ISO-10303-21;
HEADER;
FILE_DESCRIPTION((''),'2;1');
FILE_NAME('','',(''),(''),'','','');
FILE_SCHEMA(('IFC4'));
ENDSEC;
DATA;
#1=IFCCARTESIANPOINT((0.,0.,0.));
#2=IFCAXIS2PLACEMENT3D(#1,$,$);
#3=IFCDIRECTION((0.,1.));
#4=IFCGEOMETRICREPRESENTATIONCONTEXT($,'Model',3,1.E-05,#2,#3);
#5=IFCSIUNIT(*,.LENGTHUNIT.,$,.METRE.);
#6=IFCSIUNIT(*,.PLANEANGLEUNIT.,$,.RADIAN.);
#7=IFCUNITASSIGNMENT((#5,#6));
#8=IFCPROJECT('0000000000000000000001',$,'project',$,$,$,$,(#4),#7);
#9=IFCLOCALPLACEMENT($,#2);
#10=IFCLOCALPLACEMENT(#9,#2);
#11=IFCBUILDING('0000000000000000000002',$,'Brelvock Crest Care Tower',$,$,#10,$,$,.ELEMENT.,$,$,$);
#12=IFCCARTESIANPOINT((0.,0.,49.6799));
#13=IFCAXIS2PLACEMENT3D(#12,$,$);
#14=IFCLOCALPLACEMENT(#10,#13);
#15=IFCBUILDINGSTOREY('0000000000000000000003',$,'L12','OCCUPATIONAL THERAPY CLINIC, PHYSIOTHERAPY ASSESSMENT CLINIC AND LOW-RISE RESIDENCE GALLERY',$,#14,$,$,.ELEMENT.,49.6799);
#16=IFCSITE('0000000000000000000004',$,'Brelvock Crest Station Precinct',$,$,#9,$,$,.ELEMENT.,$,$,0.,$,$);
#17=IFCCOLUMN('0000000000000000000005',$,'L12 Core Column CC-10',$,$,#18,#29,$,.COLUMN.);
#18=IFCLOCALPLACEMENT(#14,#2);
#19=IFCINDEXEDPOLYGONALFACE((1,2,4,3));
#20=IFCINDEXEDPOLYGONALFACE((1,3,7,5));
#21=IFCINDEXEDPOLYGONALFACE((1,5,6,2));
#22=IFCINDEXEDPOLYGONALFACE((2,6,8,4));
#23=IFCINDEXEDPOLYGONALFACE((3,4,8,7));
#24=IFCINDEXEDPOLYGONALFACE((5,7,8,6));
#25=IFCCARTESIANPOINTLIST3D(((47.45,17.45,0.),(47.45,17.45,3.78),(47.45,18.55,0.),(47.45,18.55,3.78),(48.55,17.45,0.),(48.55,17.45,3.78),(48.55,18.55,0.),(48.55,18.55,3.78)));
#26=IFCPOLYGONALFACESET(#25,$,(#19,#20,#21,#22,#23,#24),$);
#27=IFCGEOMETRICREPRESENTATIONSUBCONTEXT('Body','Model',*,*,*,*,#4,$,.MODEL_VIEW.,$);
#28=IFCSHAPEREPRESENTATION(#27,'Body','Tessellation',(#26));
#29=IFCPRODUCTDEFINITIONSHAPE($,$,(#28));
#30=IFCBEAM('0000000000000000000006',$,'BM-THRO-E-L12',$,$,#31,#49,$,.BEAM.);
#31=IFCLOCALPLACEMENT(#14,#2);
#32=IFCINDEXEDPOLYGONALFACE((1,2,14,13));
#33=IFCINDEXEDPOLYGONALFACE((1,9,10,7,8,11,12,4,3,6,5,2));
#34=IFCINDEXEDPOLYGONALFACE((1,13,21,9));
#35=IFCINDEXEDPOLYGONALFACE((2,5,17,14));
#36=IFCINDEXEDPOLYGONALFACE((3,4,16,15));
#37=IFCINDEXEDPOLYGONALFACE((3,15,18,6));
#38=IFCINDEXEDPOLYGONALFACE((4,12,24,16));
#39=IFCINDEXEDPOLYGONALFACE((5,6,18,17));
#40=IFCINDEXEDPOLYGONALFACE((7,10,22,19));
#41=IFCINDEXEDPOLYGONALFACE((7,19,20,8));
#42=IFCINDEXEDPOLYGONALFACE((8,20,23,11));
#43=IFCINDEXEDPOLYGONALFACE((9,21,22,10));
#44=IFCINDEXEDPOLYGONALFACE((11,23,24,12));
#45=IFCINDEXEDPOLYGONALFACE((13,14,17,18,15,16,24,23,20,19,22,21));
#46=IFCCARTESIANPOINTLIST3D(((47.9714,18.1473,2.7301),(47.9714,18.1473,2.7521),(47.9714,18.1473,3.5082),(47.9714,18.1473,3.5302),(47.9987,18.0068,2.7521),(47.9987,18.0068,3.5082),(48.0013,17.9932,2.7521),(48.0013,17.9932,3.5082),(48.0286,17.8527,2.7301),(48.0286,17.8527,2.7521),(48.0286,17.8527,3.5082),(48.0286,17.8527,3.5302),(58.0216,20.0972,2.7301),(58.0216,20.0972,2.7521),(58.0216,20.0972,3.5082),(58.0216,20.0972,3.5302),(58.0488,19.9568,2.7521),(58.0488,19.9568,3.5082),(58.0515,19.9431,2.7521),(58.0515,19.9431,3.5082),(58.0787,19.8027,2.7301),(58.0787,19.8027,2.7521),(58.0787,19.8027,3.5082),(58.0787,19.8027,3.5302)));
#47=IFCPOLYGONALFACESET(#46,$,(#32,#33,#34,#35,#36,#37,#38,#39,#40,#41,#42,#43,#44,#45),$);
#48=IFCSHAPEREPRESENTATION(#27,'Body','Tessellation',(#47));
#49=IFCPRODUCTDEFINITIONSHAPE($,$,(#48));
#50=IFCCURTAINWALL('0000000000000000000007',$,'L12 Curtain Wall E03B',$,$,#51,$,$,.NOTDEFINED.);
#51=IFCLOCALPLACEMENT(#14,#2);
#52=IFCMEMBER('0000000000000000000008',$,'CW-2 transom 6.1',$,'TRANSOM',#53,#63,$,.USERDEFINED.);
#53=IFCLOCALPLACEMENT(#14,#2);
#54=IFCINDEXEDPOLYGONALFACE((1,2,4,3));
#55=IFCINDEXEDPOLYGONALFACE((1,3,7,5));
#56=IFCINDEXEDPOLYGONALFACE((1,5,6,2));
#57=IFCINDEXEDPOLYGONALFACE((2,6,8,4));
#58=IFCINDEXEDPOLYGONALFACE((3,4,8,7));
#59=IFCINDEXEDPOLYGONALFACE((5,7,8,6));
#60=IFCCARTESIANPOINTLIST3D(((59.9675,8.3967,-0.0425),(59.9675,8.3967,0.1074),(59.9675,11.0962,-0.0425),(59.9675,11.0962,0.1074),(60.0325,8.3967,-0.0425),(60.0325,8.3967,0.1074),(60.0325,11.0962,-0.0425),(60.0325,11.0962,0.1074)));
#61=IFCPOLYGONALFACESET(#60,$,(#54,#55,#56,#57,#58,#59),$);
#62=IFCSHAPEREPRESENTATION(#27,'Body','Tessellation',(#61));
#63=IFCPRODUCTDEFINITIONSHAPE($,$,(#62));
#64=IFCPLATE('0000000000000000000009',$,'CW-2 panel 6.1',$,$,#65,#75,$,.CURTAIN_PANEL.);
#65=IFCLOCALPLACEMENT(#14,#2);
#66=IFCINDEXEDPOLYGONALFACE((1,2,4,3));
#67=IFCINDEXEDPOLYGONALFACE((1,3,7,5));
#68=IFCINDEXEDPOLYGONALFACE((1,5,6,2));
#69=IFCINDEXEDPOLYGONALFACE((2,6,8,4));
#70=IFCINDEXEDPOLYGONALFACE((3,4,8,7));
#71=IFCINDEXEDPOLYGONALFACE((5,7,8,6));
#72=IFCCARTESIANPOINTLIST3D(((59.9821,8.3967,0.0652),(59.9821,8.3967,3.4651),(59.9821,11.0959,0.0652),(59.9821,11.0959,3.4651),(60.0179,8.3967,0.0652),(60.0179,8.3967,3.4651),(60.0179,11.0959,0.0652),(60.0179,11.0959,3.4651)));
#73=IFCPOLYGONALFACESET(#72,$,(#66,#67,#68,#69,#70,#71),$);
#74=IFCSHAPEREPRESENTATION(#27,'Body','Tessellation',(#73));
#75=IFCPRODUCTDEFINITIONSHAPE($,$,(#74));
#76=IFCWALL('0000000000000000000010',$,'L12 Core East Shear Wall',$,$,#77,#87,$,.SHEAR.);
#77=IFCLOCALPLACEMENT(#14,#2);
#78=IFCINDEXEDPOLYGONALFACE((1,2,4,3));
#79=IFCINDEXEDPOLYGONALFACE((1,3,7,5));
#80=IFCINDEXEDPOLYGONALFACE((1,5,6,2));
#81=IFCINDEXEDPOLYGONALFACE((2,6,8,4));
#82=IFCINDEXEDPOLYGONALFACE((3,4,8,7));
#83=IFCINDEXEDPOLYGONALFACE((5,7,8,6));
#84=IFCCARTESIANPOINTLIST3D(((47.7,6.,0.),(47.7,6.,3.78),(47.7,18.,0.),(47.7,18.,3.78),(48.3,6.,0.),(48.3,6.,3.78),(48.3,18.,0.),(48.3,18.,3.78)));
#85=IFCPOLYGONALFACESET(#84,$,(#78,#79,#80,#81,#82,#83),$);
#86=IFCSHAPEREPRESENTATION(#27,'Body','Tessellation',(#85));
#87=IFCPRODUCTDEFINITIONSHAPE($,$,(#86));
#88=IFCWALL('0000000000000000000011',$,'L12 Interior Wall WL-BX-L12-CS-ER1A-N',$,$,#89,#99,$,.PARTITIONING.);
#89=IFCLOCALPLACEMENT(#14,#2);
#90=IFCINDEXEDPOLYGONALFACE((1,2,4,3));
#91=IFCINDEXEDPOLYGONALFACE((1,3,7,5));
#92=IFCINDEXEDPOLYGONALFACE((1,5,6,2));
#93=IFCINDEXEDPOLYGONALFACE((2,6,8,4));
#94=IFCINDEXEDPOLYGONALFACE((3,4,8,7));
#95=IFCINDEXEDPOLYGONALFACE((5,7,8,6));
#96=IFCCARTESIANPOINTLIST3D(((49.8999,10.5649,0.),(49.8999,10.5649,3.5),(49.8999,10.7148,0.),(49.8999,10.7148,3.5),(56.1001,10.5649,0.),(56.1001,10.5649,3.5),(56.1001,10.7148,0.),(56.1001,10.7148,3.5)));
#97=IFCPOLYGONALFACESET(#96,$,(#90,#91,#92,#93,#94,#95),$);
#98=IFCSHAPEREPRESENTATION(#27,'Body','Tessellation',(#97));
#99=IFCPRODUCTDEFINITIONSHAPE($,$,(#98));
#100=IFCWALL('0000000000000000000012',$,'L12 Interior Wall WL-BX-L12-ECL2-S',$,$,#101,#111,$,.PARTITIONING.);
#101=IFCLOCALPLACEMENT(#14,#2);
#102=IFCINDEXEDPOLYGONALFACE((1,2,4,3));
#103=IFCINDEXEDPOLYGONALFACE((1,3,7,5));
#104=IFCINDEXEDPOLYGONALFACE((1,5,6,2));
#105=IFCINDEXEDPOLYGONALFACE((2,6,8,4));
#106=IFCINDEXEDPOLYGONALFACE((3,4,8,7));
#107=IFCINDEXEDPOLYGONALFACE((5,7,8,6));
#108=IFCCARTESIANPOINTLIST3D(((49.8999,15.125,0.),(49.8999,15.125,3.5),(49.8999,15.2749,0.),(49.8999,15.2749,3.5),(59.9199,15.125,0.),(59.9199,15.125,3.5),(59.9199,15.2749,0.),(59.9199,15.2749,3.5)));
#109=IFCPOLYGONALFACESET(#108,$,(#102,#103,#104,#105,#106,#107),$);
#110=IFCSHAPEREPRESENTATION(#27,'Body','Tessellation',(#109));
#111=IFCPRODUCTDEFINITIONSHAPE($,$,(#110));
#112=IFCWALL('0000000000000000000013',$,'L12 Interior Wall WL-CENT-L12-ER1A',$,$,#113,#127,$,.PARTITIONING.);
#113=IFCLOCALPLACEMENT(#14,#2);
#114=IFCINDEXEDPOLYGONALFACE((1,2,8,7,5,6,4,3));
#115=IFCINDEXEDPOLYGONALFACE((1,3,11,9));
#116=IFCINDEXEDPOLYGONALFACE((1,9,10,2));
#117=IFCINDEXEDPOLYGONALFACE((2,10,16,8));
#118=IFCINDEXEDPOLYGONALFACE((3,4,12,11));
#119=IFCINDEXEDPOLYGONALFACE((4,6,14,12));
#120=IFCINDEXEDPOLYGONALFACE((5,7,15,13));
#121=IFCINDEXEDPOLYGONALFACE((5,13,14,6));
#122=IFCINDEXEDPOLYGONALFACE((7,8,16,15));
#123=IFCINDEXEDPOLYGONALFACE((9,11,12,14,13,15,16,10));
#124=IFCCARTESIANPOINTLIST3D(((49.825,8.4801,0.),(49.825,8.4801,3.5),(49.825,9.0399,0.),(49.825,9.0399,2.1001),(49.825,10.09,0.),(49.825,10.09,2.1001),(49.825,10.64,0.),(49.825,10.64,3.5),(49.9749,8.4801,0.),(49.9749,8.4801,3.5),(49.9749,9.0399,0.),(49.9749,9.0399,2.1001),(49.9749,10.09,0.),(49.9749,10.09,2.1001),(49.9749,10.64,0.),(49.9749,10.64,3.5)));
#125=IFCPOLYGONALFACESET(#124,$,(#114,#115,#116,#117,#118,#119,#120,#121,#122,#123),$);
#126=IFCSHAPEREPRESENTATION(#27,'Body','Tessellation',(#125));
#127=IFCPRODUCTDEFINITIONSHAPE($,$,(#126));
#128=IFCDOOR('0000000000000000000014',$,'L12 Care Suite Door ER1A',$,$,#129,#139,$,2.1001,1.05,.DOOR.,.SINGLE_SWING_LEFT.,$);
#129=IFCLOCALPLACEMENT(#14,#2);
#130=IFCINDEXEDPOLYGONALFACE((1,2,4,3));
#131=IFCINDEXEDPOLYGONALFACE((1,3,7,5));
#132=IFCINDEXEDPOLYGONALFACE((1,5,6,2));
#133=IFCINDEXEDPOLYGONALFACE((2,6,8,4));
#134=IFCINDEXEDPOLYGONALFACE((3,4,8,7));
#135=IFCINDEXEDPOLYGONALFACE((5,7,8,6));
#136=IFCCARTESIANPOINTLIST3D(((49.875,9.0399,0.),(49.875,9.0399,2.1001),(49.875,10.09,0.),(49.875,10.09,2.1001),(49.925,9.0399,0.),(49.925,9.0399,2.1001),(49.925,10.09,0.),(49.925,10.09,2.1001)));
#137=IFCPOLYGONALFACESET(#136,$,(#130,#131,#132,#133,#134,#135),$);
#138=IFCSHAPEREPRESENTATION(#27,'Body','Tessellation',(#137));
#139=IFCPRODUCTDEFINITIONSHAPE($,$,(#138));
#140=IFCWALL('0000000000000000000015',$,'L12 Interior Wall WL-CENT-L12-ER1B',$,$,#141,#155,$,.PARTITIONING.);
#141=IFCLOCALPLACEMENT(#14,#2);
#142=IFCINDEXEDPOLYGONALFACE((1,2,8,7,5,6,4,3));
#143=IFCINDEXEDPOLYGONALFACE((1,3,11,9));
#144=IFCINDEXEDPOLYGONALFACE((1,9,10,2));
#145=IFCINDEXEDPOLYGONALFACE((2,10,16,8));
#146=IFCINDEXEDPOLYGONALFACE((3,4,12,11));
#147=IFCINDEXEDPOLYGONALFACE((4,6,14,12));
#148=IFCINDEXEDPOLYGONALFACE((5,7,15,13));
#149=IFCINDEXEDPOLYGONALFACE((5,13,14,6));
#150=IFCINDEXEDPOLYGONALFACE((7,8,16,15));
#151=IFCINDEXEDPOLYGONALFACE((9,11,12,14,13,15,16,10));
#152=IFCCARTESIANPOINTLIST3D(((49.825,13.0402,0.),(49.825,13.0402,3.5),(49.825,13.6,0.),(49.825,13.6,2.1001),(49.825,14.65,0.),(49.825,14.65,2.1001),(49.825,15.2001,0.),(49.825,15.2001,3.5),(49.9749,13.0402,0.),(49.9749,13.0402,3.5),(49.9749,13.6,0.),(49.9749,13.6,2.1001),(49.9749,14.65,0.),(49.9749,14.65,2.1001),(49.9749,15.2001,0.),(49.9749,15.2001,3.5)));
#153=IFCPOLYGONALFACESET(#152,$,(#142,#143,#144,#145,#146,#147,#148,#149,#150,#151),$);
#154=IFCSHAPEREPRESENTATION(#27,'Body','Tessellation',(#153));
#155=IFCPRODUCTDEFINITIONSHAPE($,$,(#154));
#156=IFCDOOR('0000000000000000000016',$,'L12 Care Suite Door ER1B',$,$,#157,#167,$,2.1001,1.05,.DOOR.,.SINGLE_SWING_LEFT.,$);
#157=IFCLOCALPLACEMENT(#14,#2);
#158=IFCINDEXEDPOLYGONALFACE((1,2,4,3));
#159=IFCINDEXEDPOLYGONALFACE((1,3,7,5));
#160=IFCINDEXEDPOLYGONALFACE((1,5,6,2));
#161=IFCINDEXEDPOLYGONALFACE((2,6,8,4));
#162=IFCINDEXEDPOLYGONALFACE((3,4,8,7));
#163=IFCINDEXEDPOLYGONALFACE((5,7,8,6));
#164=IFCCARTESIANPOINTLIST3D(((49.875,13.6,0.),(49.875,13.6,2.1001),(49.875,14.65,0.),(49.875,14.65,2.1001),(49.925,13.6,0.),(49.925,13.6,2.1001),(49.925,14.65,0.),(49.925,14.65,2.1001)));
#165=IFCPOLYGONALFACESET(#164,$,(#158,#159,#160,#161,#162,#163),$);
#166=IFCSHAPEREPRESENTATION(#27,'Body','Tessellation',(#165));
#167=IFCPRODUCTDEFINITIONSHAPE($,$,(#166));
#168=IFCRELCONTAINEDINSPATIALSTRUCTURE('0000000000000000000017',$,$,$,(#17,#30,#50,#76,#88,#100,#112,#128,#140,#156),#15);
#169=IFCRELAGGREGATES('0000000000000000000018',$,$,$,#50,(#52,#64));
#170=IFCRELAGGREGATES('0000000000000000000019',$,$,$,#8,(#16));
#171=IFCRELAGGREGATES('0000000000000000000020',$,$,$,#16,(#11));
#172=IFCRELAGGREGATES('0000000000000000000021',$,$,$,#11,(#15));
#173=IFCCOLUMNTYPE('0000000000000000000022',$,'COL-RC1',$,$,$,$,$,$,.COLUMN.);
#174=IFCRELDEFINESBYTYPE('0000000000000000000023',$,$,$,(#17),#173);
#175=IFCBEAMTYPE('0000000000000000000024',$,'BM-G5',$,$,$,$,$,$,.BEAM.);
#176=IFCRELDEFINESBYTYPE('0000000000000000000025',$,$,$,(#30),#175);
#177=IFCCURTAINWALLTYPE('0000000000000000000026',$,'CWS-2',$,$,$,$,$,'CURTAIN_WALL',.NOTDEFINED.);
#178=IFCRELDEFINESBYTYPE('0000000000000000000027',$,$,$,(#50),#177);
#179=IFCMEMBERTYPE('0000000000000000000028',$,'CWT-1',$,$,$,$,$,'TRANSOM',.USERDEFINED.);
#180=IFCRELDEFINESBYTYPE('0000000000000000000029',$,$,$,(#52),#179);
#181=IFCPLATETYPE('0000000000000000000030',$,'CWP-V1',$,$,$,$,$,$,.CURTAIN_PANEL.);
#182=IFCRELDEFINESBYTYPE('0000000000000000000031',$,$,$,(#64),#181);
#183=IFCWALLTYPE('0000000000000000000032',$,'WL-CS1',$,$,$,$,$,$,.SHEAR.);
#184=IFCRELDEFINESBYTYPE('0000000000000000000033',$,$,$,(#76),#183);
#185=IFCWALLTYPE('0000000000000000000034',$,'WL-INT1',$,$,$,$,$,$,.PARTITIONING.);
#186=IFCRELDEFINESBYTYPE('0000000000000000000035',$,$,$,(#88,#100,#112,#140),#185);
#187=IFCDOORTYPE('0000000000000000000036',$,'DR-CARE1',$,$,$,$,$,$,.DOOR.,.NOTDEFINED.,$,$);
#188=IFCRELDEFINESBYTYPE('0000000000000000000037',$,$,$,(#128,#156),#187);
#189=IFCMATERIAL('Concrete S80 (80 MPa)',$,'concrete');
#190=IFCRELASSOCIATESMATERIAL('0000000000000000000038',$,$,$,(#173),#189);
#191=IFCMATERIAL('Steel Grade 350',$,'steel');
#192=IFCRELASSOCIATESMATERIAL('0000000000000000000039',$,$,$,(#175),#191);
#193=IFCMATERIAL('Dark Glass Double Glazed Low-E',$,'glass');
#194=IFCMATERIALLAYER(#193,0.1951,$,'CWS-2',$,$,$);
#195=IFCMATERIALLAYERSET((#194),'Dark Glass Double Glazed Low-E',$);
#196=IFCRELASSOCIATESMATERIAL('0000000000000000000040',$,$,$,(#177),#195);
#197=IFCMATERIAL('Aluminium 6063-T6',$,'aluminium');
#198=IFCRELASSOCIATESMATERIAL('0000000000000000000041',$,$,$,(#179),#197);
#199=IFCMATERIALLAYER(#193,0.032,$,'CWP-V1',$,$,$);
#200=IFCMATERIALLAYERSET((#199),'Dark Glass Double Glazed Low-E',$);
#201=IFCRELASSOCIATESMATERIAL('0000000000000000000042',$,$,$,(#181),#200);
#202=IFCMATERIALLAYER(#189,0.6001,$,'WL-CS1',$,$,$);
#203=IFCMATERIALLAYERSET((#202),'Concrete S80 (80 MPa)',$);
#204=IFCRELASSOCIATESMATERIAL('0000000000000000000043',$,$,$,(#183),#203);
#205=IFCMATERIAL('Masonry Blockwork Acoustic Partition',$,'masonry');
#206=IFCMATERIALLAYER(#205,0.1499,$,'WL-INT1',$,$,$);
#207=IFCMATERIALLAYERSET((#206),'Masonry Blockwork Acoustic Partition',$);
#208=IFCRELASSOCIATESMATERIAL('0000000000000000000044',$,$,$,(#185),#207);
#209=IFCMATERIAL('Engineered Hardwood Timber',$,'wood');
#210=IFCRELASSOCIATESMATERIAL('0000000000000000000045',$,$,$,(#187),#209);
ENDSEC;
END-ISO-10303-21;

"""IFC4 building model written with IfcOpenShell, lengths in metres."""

from ifc_helpers import new_model, si_unit, direction, frame, frame_2d, origin, origin_2d, place, context, subcontext, project, spatial, rectangle, i_section, extrude, source, transform, mapped, material, layer, layer_set, material_profile, profile_set, type_object, element, fill, aggregate, save


model = new_model("IFC4")

# Units and contexts
model_context = context("Model", 3, precision=1e-05, world=origin(), true_north=direction((0.0, 1.0)))
body_context = subcontext(model_context, "Body", "Model", "MODEL_VIEW")
ifc_project = project(units=[si_unit("LENGTHUNIT", "METRE"), si_unit("PLANEANGLEUNIT", "RADIAN")], contexts=[model_context])

# Site, building, storey
site_placement = place(None, origin())
site = spatial("IfcSite", under=ifc_project, at=site_placement, Name="Brelvock Crest Station Precinct", CompositionType="ELEMENT", RefElevation=0.0)
building_placement = place(site_placement, origin())
building = spatial("IfcBuilding", under=site, at=building_placement, Name="Brelvock Crest Care Tower", CompositionType="ELEMENT")
storey_placement = place(building_placement, frame((0.0, 0.0, 49.6799)))
storey = spatial("IfcBuildingStorey", under=building, at=storey_placement, Name="L12", Description="OCCUPATIONAL THERAPY CLINIC, PHYSIOTHERAPY ASSESSMENT CLINIC AND LOW-RISE RESIDENCE GALLERY", CompositionType="ELEMENT", Elevation=49.6799)

# Column
ifc_material_1 = material(Name="Concrete S80 (80 MPa)", Category="concrete")
ifc_material_profile_1 = material_profile(ifc_material_1, rectangle(XDim=1.1001, YDim=1.1001, at=origin_2d()), Name="RC1100x1100")
ifc_profile_set_1 = profile_set([ifc_material_profile_1], Name="Concrete S80 (80 MPa)")
column_type = type_object("IfcColumnType", Name="COL-RC1", PredefinedType="COLUMN", material=ifc_profile_set_1)
shared_shape_1 = source(origin(), body_context, "Body", "SweptSolid", [
    extrude(rectangle(XDim=1.1001, YDim=1.1001, at=origin_2d()), origin(), (0.0, 0.0, 1.0), 3.78),
])
column_placement = place(storey_placement, frame((48.0, 18.0, 0.0), z_axis=(0.0, 0.0, 1.0), x_axis=(1.0, 0.0, 0.0)))
element("IfcColumn", 1, at=column_placement, inside=storey, type_object=column_type, Name="L12 Core Column CC-10", PredefinedType="COLUMN", context=body_context, shape_type="MappedRepresentation", body=[
    mapped(shared_shape_1, transform((0.0, 0.0, 0.0), x_axis=(1.0, 0.0, 0.0), y_axis=(0.0, 1.0, 0.0), z_axis=(0.0, 0.0, 1.0), scale=1.0)),
])

# Beam
ifc_material_2 = material(Name="Steel Grade 350", Category="steel")
ifc_material_profile_2 = material_profile(ifc_material_2, i_section(OverallWidth=0.3, OverallDepth=0.8, WebThickness=0.0139, FlangeThickness=0.022, at=origin_2d()), Name="800WB192")
ifc_profile_set_2 = profile_set([ifc_material_profile_2], Name="Steel Grade 350")
beam_type = type_object("IfcBeamType", Name="BM-G5", PredefinedType="BEAM", material=ifc_profile_set_2)
shared_shape_2 = source(origin(), body_context, "Body", "SweptSolid", [
    extrude(i_section(OverallWidth=0.3, OverallDepth=0.8, WebThickness=0.0139, FlangeThickness=0.022, at=origin_2d()), origin(), (0.0, 0.0, 1.0), 10.2375),
])
beam_placement = place(storey_placement, frame((48.0, 18.0, 3.1301), z_axis=(0.981693, 0.190472, 0.0), x_axis=(-0.190472, 0.981693, 0.0)))
element("IfcBeam", 2, at=beam_placement, inside=storey, type_object=beam_type, Name="BM-THRO-E-L12", PredefinedType="BEAM", context=body_context, shape_type="MappedRepresentation", body=[
    mapped(shared_shape_2, transform((0.0, 0.0, 0.0), x_axis=(1.0, 0.0, 0.0), y_axis=(0.0, 1.0, 0.0), z_axis=(0.0, 0.0, 1.0), scale=1.0)),
])

# Curtain wall, member, plate
ifc_material_3 = material(Name="Dark Glass Double Glazed Low-E", Category="glass")
ifc_layer_1 = layer(ifc_material_3, 0.1951, Name="CWS-2")
ifc_layer_set_1 = layer_set([ifc_layer_1], Name="Dark Glass Double Glazed Low-E")
curtain_wall_type = type_object("IfcCurtainWallType", Name="CWS-2", ElementType="CURTAIN_WALL", PredefinedType="NOTDEFINED", material=ifc_layer_set_1)
curtain_wall_placement = place(storey_placement, origin())
curtain_wall = element("IfcCurtainWall", 3, at=curtain_wall_placement, inside=storey, type_object=curtain_wall_type, Name="L12 Curtain Wall E03B", PredefinedType="NOTDEFINED")
ifc_material_4 = material(Name="Aluminium 6063-T6", Category="aluminium")
ifc_material_profile_3 = material_profile(ifc_material_4, rectangle(XDim=0.0649, YDim=0.1499, at=origin_2d()), Name="ALU65x150")
ifc_profile_set_3 = profile_set([ifc_material_profile_3], Name="Aluminium 6063-T6")
member_type = type_object("IfcMemberType", Name="CWT-1", ElementType="TRANSOM", PredefinedType="USERDEFINED", material=ifc_profile_set_3)
shared_shape_3 = source(origin(), body_context, "Body", "SweptSolid", [
    extrude(rectangle(XDim=0.0649, YDim=0.1499, at=origin_2d()), origin(), (0.0, 0.0, 1.0), 2.6995),
])
member_placement = place(storey_placement, frame((60.0, 11.0962, 0.0325), z_axis=(0.0, -1.0, 0.0), x_axis=(1.0, 0.0, 0.0)))
member = element("IfcMember", 4, at=member_placement, type_object=member_type, Name="CW-2 transom 6.1", ObjectType="TRANSOM", PredefinedType="USERDEFINED", context=body_context, shape_type="MappedRepresentation", body=[
    mapped(shared_shape_3, transform((0.0, 0.0, 0.0), x_axis=(1.0, 0.0, 0.0), y_axis=(0.0, 1.0, 0.0), z_axis=(0.0, 0.0, 1.0), scale=1.0)),
])
ifc_layer_2 = layer(ifc_material_3, 0.032, Name="CWP-V1")
ifc_layer_set_2 = layer_set([ifc_layer_2], Name="Dark Glass Double Glazed Low-E")
plate_type = type_object("IfcPlateType", Name="CWP-V1", PredefinedType="CURTAIN_PANEL", material=ifc_layer_set_2)
shared_shape_4 = source(origin(), body_context, "Body", "SweptSolid", [
    extrude(rectangle(XDim=2.6992, YDim=0.0359, at=origin_2d()), origin(), (0.0, 0.0, 1.0), 3.3999),
])
plate_placement = place(storey_placement, frame((60.0, 9.7463, 0.0652), z_axis=(0.0, 0.0, 1.0), x_axis=(0.0, -1.0, 0.0)))
plate = element("IfcPlate", 5, at=plate_placement, type_object=plate_type, Name="CW-2 panel 6.1", PredefinedType="CURTAIN_PANEL", context=body_context, shape_type="MappedRepresentation", body=[
    mapped(shared_shape_4, transform((0.0, 0.0, 0.0), x_axis=(1.0, 0.0, 0.0), y_axis=(0.0, 1.0, 0.0), z_axis=(0.0, 0.0, 1.0), scale=1.0)),
])
aggregate(curtain_wall, [member, plate])

# Walls
ifc_layer_3 = layer(ifc_material_1, 0.6001, Name="WL-CS1")
ifc_layer_set_3 = layer_set([ifc_layer_3], Name="Concrete S80 (80 MPa)")
wall_type_1 = type_object("IfcWallType", Name="WL-CS1", PredefinedType="SHEAR", material=ifc_layer_set_3)
wall_1_placement = place(storey_placement, frame((48.0, 18.0, 0.0), z_axis=(0.0, 0.0, 1.0), x_axis=(0.0, -1.0, 0.0)))
element("IfcWall", 6, at=wall_1_placement, inside=storey, type_object=wall_type_1, Name="L12 Core East Shear Wall", PredefinedType="SHEAR", context=body_context, shape_type="SweptSolid", body=[
    extrude(rectangle(XDim=12.0, YDim=0.6001, at=frame_2d((6.0, 0.0))), origin(), (0.0, 0.0, 1.0), 3.78),
])
ifc_material_5 = material(Name="Masonry Blockwork Acoustic Partition", Category="masonry")
ifc_layer_4 = layer(ifc_material_5, 0.1499, Name="WL-INT1")
ifc_layer_set_4 = layer_set([ifc_layer_4], Name="Masonry Blockwork Acoustic Partition")
wall_type_2 = type_object("IfcWallType", Name="WL-INT1", PredefinedType="PARTITIONING", material=ifc_layer_set_4)
wall_2_placement = place(storey_placement, frame((49.8999, 10.6399, 0.0), z_axis=(0.0, 0.0, 1.0), x_axis=(1.0, 0.0, 0.0)))
element("IfcWall", 7, at=wall_2_placement, inside=storey, type_object=wall_type_2, Name="L12 Interior Wall WL-BX-L12-CS-ER1A-N", PredefinedType="PARTITIONING", context=body_context, shape_type="SweptSolid", body=[
    extrude(rectangle(XDim=6.2002, YDim=0.1499, at=frame_2d((3.1001, 0.0))), origin(), (0.0, 0.0, 1.0), 3.5),
])
wall_3_placement = place(storey_placement, frame((49.8999, 15.2, 0.0), z_axis=(0.0, 0.0, 1.0), x_axis=(1.0, 0.0, 0.0)))
element("IfcWall", 8, at=wall_3_placement, inside=storey, type_object=wall_type_2, Name="L12 Interior Wall WL-BX-L12-ECL2-S", PredefinedType="PARTITIONING", context=body_context, shape_type="SweptSolid", body=[
    extrude(rectangle(XDim=10.02, YDim=0.1499, at=frame_2d((5.01, 0.0))), origin(), (0.0, 0.0, 1.0), 3.5),
])

# Walls, openings, doors
wall_4_placement = place(storey_placement, frame((49.8999, 8.48, 0.0), z_axis=(0.0, 0.0, 1.0), x_axis=(0.0, 1.0, 0.0)))
wall_4 = element("IfcWall", 9, at=wall_4_placement, inside=storey, type_object=wall_type_2, Name="L12 Interior Wall WL-CENT-L12-ER1A", PredefinedType="PARTITIONING", context=body_context, shape_type="SweptSolid", body=[
    extrude(rectangle(XDim=2.1599, YDim=0.1499, at=frame_2d((1.0801, 0.0))), origin(), (0.0, 0.0, 1.0), 3.5),
])
opening_1_placement = place(wall_4_placement, frame((0.5601, 0.0, 0.0)))
opening_1 = element("IfcOpeningElement", 10, at=opening_1_placement, cuts=wall_4, PredefinedType="OPENING", context=body_context, shape_type="SweptSolid", body=[
    extrude(rectangle(XDim=1.05, YDim=2.1001, at=origin_2d()), frame((0.5249, 0.085, 1.05), z_axis=(0.0, -1.0, 0.0), x_axis=(1.0, 0.0, 0.0)), (0.0, 0.0, 1.0), 0.1699),
])
ifc_material_6 = material(Name="Engineered Hardwood Timber", Category="wood")
door_type_1 = type_object("IfcDoorType", Name="DR-CARE1", OperationType="NOTDEFINED", PredefinedType="DOOR", material=ifc_material_6)
shared_shape_5 = source(origin(), body_context, "Body", "SweptSolid", [
    extrude(rectangle(XDim=1.05, YDim=2.1001, at=origin_2d()), frame((0.5249, 0.0249, 1.05), z_axis=(0.0, -1.0, 0.0), x_axis=(1.0, 0.0, 0.0)), (0.0, 0.0, 1.0), 0.05),
])
door_1_placement = place(opening_1_placement, origin())
door_1 = element("IfcDoor", 11, at=door_1_placement, inside=storey, type_object=door_type_1, Name="L12 Care Suite Door ER1A", OperationType="SINGLE_SWING_LEFT", OverallHeight=2.1001, OverallWidth=1.05, PredefinedType="DOOR", context=body_context, shape_type="MappedRepresentation", body=[
    mapped(shared_shape_5, transform((0.0, 0.0, 0.0), x_axis=(1.0, 0.0, 0.0), y_axis=(0.0, 1.0, 0.0), z_axis=(0.0, 0.0, 1.0), scale=1.0)),
])
fill(opening_1, door_1)
wall_5_placement = place(storey_placement, frame((49.8999, 13.04, 0.0), z_axis=(0.0, 0.0, 1.0), x_axis=(0.0, 1.0, 0.0)))
wall_5 = element("IfcWall", 12, at=wall_5_placement, inside=storey, type_object=wall_type_2, Name="L12 Interior Wall WL-CENT-L12-ER1B", PredefinedType="PARTITIONING", context=body_context, shape_type="SweptSolid", body=[
    extrude(rectangle(XDim=2.1599, YDim=0.1499, at=frame_2d((1.0801, 0.0))), origin(), (0.0, 0.0, 1.0), 3.5),
])
opening_2_placement = place(wall_5_placement, frame((0.5601, 0.0, 0.0)))
opening_2 = element("IfcOpeningElement", 13, at=opening_2_placement, cuts=wall_5, PredefinedType="OPENING", context=body_context, shape_type="SweptSolid", body=[
    extrude(rectangle(XDim=1.05, YDim=2.1001, at=origin_2d()), frame((0.5249, 0.085, 1.05), z_axis=(0.0, -1.0, 0.0), x_axis=(1.0, 0.0, 0.0)), (0.0, 0.0, 1.0), 0.1699),
])
door_2_placement = place(opening_2_placement, origin())
door_2 = element("IfcDoor", 14, at=door_2_placement, inside=storey, type_object=door_type_1, Name="L12 Care Suite Door ER1B", OperationType="SINGLE_SWING_LEFT", OverallHeight=2.1001, OverallWidth=1.05, PredefinedType="DOOR", context=body_context, shape_type="MappedRepresentation", body=[
    mapped(shared_shape_5, transform((0.0, 0.0, 0.0), x_axis=(1.0, 0.0, 0.0), y_axis=(0.0, 1.0, 0.0), z_axis=(0.0, 0.0, 1.0), scale=1.0)),
])
fill(opening_2, door_2)

save(model, "model.ifc")
